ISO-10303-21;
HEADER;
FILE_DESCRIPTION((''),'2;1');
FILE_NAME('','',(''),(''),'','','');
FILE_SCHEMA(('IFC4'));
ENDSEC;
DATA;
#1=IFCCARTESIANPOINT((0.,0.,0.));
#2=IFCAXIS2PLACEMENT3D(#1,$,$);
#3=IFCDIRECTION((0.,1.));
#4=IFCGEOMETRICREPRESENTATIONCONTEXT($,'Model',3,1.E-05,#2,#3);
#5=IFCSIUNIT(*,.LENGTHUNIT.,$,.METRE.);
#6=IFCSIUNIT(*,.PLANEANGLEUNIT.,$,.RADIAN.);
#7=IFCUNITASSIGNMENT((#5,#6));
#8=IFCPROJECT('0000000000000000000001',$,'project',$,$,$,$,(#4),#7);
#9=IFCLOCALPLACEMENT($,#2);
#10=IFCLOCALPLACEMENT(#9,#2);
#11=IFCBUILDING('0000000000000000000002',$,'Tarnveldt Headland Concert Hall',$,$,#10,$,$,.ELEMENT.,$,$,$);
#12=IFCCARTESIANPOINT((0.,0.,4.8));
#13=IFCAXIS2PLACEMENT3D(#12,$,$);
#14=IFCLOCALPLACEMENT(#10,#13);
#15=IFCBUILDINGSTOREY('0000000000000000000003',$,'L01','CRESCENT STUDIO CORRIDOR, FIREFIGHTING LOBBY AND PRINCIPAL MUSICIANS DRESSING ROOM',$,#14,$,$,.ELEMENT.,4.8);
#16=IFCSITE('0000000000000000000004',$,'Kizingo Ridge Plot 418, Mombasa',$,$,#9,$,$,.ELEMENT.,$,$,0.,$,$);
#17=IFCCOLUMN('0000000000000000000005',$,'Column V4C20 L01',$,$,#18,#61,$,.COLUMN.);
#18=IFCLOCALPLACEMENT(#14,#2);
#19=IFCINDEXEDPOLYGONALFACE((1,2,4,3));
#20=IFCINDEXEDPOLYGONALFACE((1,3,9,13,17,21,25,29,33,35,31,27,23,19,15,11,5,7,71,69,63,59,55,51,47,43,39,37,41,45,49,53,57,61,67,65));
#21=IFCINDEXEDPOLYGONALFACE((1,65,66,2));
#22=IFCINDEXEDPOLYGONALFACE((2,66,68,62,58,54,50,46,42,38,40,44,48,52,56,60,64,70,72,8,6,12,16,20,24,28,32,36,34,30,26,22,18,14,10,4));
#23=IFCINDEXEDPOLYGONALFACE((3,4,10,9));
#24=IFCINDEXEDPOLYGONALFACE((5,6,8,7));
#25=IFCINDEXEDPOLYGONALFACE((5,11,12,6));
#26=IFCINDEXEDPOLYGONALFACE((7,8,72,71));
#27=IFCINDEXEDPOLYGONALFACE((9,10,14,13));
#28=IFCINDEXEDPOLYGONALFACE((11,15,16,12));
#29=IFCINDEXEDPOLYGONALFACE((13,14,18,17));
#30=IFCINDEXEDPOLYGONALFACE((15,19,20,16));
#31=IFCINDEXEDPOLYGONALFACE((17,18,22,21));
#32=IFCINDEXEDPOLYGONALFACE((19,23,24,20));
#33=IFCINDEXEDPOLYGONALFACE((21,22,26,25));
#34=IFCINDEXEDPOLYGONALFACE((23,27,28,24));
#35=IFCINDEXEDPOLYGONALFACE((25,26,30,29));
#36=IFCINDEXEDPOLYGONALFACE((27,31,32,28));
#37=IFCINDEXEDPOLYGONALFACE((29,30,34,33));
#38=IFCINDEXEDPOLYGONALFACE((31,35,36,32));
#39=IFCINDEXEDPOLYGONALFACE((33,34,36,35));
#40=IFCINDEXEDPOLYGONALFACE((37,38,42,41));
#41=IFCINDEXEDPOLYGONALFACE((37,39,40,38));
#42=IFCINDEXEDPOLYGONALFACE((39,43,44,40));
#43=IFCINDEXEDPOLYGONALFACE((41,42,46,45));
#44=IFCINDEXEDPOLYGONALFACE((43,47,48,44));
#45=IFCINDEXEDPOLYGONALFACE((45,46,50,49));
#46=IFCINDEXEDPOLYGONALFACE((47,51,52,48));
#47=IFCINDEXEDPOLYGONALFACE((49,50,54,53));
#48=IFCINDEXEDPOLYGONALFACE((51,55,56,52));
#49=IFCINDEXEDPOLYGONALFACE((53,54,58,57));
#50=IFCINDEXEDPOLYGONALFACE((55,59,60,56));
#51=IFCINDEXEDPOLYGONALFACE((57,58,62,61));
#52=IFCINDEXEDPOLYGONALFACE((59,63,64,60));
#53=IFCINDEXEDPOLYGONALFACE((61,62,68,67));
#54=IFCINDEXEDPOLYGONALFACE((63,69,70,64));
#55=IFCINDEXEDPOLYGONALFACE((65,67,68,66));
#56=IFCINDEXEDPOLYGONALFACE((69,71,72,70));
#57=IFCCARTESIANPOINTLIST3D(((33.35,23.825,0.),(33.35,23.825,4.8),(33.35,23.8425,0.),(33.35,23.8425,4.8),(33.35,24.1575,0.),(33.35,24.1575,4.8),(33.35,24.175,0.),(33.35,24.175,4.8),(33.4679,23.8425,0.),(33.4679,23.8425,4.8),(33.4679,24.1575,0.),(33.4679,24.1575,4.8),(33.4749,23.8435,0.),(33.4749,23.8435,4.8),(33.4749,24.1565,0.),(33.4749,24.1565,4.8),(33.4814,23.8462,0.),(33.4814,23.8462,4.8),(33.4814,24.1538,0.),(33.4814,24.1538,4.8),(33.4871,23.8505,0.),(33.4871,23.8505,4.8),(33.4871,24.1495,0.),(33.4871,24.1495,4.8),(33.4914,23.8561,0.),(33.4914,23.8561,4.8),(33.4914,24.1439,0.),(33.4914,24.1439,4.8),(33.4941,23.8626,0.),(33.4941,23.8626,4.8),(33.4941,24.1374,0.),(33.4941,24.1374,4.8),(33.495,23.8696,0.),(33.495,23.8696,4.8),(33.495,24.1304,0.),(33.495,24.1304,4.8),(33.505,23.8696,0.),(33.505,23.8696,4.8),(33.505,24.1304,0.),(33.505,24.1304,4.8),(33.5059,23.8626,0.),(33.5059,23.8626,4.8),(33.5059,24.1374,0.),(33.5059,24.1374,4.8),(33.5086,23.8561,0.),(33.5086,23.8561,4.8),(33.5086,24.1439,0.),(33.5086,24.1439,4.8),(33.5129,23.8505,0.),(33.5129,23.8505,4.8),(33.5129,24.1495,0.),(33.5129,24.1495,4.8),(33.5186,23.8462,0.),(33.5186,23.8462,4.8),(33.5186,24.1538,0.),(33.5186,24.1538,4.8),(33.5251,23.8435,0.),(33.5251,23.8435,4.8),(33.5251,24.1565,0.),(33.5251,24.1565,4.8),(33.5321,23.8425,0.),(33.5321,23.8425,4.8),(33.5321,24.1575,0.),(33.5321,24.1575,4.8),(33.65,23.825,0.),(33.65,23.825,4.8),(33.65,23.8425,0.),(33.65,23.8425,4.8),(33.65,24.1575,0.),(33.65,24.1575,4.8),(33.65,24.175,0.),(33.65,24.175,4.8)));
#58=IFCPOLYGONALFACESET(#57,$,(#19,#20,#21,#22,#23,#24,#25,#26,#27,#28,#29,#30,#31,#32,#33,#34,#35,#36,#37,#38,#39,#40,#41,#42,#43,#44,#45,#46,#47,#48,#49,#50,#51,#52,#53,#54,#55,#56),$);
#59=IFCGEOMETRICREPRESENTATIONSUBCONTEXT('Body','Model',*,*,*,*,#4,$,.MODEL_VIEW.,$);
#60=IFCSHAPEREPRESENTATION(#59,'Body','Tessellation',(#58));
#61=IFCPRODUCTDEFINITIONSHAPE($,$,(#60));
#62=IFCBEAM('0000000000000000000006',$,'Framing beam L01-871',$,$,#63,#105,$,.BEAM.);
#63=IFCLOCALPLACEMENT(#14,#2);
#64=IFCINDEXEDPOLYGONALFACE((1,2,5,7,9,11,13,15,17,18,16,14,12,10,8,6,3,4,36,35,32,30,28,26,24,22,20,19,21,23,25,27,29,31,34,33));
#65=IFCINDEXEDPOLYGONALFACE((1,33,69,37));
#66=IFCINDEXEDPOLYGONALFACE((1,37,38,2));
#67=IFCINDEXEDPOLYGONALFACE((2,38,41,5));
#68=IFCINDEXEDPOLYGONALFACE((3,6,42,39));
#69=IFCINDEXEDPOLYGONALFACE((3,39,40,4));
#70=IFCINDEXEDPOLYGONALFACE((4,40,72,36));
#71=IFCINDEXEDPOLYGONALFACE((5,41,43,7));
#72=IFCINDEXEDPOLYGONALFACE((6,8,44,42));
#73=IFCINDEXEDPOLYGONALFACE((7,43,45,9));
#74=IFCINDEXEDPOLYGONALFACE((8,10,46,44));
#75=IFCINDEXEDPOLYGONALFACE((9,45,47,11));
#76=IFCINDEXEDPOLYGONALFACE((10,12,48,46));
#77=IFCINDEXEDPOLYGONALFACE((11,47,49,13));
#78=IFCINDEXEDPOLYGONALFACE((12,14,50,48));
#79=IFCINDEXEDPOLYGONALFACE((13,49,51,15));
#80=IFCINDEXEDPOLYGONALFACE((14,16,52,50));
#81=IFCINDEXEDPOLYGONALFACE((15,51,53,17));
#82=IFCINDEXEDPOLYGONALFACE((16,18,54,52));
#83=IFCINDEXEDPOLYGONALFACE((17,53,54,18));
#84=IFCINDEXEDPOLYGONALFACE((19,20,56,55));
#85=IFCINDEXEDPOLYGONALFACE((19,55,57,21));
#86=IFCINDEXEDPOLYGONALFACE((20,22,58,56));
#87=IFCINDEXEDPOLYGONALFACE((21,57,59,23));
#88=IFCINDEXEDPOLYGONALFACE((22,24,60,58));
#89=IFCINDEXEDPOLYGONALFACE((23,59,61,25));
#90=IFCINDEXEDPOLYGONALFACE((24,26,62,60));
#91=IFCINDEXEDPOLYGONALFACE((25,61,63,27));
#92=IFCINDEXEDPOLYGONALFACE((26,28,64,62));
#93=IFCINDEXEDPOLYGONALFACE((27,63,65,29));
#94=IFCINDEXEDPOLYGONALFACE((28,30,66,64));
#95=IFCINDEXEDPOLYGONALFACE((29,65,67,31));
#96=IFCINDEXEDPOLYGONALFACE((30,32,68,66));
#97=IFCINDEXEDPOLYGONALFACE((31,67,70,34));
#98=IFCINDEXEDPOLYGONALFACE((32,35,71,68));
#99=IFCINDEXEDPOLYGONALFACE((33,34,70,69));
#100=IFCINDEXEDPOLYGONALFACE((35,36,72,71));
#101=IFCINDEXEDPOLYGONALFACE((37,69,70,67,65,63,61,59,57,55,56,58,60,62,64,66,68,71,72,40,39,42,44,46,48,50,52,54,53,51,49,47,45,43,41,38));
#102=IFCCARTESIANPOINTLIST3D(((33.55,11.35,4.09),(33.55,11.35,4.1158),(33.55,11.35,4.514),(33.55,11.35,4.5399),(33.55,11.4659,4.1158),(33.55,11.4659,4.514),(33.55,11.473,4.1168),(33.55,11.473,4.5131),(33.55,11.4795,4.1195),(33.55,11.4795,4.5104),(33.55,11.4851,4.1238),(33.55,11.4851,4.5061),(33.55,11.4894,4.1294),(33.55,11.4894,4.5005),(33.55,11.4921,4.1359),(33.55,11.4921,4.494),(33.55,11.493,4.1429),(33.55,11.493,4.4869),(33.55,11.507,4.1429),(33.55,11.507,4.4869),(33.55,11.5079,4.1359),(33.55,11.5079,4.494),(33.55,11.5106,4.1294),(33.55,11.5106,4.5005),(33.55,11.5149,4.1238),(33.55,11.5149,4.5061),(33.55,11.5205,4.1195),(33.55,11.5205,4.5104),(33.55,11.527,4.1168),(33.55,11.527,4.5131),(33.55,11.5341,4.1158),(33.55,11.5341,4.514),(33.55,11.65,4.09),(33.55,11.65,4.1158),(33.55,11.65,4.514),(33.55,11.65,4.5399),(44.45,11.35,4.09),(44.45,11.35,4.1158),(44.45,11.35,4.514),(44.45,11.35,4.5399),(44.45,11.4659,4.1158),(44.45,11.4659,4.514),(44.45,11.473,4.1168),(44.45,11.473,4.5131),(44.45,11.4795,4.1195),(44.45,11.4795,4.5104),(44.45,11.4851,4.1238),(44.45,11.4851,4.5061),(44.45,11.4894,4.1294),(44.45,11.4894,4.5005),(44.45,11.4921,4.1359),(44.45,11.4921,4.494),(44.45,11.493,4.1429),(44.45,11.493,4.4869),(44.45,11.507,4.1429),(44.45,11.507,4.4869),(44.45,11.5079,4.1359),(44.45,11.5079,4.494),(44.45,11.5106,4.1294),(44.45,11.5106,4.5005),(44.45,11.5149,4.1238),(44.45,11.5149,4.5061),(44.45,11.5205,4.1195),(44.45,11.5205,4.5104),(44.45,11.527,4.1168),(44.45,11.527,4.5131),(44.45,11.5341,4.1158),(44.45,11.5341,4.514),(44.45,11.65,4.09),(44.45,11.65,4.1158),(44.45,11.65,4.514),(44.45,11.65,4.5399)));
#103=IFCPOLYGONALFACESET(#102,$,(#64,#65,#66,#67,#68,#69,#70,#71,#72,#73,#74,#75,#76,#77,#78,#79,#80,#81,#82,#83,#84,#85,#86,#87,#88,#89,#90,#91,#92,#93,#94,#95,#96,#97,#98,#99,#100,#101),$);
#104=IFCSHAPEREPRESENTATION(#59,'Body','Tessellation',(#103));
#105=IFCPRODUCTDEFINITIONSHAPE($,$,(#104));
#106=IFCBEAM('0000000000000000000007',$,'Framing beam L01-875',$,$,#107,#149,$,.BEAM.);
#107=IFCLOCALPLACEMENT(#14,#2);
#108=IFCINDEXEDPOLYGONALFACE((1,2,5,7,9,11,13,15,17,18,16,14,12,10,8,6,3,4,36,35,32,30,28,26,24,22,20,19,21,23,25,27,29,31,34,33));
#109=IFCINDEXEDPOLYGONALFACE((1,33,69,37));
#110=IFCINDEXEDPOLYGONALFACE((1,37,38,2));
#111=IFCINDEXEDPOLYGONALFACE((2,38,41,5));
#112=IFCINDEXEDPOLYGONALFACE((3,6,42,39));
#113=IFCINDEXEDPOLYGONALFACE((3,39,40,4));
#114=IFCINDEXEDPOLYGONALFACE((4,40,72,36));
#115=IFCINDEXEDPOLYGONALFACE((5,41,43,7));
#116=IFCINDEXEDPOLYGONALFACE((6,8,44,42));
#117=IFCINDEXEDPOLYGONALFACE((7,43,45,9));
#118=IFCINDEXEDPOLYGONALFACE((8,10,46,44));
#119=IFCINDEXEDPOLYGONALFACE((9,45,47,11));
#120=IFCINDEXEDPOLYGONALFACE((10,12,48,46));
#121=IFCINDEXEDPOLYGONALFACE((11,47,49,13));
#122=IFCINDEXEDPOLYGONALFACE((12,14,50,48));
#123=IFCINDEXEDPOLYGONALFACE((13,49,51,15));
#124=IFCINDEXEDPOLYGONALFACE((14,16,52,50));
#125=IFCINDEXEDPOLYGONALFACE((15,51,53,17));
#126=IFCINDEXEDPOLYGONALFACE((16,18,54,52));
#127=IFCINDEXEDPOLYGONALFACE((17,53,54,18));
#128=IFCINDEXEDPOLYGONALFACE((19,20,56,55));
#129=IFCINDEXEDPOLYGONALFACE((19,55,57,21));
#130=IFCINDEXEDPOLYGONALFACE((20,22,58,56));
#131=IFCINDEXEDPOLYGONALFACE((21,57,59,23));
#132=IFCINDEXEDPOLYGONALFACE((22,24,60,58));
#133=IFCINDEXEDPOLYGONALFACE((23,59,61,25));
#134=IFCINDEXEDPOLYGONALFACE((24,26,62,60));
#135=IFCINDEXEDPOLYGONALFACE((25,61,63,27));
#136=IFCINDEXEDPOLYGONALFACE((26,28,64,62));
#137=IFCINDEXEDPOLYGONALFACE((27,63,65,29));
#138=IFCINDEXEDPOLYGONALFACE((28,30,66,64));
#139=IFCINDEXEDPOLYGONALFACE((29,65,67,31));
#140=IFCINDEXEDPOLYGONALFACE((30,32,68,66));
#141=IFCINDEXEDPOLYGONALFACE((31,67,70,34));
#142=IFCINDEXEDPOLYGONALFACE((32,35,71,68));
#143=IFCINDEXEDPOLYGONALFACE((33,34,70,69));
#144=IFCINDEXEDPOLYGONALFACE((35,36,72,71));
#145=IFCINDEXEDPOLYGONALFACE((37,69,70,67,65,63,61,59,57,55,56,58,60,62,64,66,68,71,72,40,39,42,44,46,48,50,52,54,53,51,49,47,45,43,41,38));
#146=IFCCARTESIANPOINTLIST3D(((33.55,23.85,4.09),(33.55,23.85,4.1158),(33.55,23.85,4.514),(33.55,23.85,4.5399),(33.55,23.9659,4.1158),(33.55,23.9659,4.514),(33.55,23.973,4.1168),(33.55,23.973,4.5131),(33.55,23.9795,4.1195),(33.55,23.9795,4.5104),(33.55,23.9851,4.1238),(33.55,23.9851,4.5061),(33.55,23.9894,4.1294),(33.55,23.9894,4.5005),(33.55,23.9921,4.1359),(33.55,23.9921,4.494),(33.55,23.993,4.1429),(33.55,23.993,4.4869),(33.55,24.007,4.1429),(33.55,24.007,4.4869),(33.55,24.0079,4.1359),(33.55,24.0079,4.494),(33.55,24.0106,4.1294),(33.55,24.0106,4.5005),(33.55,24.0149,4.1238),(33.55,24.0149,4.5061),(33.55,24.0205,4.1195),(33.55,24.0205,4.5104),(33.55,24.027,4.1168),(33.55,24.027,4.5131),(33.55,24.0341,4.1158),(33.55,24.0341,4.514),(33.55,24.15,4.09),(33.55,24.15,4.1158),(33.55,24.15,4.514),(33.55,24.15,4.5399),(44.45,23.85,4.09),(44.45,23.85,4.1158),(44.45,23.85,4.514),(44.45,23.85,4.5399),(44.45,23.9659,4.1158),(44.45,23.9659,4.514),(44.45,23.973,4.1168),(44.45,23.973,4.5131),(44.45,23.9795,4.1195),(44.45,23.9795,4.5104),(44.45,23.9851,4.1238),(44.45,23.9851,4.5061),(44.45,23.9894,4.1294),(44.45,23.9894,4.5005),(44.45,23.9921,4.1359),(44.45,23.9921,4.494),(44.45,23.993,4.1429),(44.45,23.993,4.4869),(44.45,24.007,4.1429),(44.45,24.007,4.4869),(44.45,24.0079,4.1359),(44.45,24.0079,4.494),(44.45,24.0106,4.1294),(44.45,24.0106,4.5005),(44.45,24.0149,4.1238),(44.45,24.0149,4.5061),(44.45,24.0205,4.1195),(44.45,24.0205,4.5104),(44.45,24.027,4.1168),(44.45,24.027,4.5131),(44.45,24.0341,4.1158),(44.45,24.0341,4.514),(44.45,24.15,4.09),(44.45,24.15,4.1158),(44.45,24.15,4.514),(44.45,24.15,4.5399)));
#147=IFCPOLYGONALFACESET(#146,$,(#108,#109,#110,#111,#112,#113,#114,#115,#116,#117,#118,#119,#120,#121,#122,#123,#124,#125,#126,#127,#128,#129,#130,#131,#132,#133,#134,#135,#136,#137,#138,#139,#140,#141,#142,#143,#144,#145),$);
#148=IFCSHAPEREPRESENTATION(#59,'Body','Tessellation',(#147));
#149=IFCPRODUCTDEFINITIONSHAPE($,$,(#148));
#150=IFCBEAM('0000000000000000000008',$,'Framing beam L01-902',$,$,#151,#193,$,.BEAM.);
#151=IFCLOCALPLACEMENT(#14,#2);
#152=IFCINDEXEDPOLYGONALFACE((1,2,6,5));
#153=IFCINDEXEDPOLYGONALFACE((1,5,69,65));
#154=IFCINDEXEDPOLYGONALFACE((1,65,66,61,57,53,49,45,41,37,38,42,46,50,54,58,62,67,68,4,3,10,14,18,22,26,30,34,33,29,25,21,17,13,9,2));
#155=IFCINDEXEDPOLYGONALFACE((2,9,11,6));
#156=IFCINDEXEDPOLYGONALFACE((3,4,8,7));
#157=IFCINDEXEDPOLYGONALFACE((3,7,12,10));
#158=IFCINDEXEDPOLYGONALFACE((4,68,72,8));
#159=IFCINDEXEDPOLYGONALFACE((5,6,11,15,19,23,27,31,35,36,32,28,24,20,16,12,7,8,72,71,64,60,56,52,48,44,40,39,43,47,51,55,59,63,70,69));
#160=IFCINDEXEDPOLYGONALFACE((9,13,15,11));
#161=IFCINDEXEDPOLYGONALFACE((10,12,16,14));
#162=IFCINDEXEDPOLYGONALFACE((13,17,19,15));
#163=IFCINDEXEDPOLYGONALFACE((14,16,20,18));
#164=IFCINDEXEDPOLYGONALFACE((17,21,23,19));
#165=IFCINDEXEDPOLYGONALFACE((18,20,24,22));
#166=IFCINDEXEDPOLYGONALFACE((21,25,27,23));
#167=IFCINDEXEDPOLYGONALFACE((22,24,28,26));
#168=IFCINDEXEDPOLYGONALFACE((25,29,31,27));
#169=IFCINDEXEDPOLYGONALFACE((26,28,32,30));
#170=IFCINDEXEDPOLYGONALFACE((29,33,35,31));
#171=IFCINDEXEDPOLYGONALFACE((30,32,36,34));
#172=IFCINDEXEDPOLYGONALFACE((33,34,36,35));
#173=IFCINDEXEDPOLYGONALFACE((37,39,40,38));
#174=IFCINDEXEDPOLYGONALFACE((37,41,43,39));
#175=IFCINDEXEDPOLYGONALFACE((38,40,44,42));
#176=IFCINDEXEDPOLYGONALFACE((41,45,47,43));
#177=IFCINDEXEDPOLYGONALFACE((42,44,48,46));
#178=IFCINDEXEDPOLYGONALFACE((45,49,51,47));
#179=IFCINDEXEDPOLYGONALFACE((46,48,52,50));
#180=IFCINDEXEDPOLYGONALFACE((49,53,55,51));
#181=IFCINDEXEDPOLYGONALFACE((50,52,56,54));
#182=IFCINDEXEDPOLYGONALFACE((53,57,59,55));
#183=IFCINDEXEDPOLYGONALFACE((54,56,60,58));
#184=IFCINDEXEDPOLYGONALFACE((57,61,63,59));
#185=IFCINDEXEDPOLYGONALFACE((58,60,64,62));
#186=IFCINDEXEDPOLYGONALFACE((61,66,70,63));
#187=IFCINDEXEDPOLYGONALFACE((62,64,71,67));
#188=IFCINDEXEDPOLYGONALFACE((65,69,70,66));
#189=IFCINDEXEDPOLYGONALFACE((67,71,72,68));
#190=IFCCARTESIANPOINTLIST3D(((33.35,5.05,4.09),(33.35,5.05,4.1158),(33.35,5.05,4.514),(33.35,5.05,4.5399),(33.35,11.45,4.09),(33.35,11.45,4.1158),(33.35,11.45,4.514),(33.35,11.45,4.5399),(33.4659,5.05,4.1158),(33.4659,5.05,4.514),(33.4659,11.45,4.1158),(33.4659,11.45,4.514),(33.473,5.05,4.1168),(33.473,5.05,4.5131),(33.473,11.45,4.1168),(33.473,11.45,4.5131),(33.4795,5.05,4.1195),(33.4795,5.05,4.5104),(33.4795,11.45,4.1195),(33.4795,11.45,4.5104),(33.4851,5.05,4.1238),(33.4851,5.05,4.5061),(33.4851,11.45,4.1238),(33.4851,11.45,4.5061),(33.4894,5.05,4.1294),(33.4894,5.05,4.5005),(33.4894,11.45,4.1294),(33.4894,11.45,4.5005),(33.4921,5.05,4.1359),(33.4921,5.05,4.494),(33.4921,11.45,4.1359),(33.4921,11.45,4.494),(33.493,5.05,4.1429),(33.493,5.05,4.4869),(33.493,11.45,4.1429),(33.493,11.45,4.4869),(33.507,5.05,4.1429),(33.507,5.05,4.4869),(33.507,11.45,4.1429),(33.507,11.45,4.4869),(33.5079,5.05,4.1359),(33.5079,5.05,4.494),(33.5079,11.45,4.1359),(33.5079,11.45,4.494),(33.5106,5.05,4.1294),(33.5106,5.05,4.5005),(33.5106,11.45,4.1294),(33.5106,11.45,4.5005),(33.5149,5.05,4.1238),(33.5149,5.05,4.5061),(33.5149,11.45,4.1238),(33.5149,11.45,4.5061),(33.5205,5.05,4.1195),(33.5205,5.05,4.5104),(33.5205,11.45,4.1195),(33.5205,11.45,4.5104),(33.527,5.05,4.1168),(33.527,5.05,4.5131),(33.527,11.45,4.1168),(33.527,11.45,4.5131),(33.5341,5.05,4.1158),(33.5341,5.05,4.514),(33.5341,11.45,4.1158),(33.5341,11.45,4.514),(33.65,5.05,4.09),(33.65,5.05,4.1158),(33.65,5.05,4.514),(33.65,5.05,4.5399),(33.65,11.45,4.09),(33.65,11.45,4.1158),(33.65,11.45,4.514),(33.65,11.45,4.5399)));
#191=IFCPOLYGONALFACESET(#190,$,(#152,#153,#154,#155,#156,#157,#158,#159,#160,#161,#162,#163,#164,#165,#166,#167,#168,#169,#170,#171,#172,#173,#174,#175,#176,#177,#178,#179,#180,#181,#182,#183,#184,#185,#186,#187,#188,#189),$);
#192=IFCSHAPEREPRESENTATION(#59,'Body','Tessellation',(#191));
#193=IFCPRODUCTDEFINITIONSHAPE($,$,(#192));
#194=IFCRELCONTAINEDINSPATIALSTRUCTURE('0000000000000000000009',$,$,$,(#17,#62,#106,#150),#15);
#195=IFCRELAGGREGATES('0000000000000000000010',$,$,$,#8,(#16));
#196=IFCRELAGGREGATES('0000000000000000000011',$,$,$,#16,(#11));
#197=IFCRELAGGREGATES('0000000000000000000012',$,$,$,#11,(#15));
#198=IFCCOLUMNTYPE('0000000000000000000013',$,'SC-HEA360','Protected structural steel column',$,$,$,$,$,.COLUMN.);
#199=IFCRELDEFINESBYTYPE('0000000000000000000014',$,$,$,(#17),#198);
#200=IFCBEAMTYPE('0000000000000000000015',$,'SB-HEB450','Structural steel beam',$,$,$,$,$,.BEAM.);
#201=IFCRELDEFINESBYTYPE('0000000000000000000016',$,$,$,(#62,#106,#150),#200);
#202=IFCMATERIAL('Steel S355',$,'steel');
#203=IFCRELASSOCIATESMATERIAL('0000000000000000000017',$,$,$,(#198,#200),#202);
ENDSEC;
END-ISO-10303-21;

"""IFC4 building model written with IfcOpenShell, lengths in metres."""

from ifc_helpers import new_model, si_unit, direction, frame, origin, origin_2d, place, context, subcontext, project, spatial, i_section, extrude, material, material_profile, profile_set, type_object, element, save


model = new_model("IFC4")

# Units and contexts
model_context = context("Model", 3, precision=1e-05, world=origin(), true_north=direction((0.0, 1.0)))
body_context = subcontext(model_context, "Body", "Model", "MODEL_VIEW")
ifc_project = project(units=[si_unit("LENGTHUNIT", "METRE"), si_unit("PLANEANGLEUNIT", "RADIAN")], contexts=[model_context])

# Site, building, storey
site_placement = place(None, origin())
site = spatial("IfcSite", under=ifc_project, at=site_placement, Name="Kizingo Ridge Plot 418, Mombasa", CompositionType="ELEMENT", RefElevation=0.0)
building_placement = place(site_placement, origin())
building = spatial("IfcBuilding", under=site, at=building_placement, Name="Tarnveldt Headland Concert Hall", CompositionType="ELEMENT")
storey_placement = place(building_placement, frame((0.0, 0.0, 4.8)))
storey = spatial("IfcBuildingStorey", under=building, at=storey_placement, Name="L01", Description="CRESCENT STUDIO CORRIDOR, FIREFIGHTING LOBBY AND PRINCIPAL MUSICIANS DRESSING ROOM", CompositionType="ELEMENT", Elevation=4.8)

# Column
ifc_material_1 = material(Name="Steel S355", Category="steel")
ifc_material_profile_1 = material_profile(ifc_material_1, i_section(OverallWidth=0.3, OverallDepth=0.3501, WebThickness=0.01, FlangeThickness=0.0176, FilletRadius=0.0271, at=origin_2d()), Name="HEA360", Category="steel")
ifc_profile_set_1 = profile_set([ifc_material_profile_1], Name="Steel S355")
column_type = type_object("IfcColumnType", Name="SC-HEA360", Description="Protected structural steel column", PredefinedType="COLUMN", material=ifc_profile_set_1)
for number, where, z_axis, x_axis, name in (
    (1, (33.5, 24.0, 0.0), (0.0, 0.0, 1.0), (1.0, 0.0, 0.0), "Column V4C20 L01"),
):
    element("IfcColumn", number, at=place(storey_placement, frame(where, z_axis=z_axis, x_axis=x_axis)), inside=storey, type_object=column_type, Name=name, PredefinedType="COLUMN", context=body_context, shape_type="SweptSolid", body=[
        extrude(i_section(OverallWidth=0.3, OverallDepth=0.3501, WebThickness=0.01, FlangeThickness=0.0176, FilletRadius=0.0271, at=origin_2d()), origin(), (0.0, 0.0, 1.0), 4.8),
    ])

# Beams
ifc_material_profile_2 = material_profile(ifc_material_1, i_section(OverallWidth=0.3, OverallDepth=0.45, WebThickness=0.0139, FlangeThickness=0.0259, FilletRadius=0.0271, at=origin_2d()), Name="HEB450", Category="steel")
ifc_profile_set_2 = profile_set([ifc_material_profile_2], Name="Steel S355")
beam_type_1 = type_object("IfcBeamType", Name="SB-HEB450", Description="Structural steel beam", PredefinedType="BEAM", material=ifc_profile_set_2)
for number, where, z_axis, x_axis, name in (
    (2, (33.55, 11.5, 4.3149), (1.0, 0.0, 0.0), (0.0, 1.0, 0.0), "Framing beam L01-871"),
    (3, (33.55, 24.0, 4.3149), (1.0, 0.0, 0.0), (0.0, 1.0, 0.0), "Framing beam L01-875"),
):
    element("IfcBeam", number, at=place(storey_placement, frame(where, z_axis=z_axis, x_axis=x_axis)), inside=storey, type_object=beam_type_1, Name=name, PredefinedType="BEAM", context=body_context, shape_type="SweptSolid", body=[
        extrude(i_section(OverallWidth=0.3, OverallDepth=0.45, WebThickness=0.0139, FlangeThickness=0.0259, FilletRadius=0.0271, at=origin_2d()), origin(), (0.0, 0.0, 1.0), 10.8999),
    ])
beam_1_placement = place(storey_placement, frame((33.5, 5.05, 4.3149), z_axis=(0.0, 1.0, 0.0), x_axis=(-1.0, 0.0, 0.0)))
element("IfcBeam", 4, at=beam_1_placement, inside=storey, type_object=beam_type_1, Name="Framing beam L01-902", PredefinedType="BEAM", context=body_context, shape_type="SweptSolid", body=[
    extrude(i_section(OverallWidth=0.3, OverallDepth=0.45, WebThickness=0.0139, FlangeThickness=0.0259, FilletRadius=0.0271, at=origin_2d()), origin(), (0.0, 0.0, 1.0), 6.3999),
])

save(model, "model.ifc")
